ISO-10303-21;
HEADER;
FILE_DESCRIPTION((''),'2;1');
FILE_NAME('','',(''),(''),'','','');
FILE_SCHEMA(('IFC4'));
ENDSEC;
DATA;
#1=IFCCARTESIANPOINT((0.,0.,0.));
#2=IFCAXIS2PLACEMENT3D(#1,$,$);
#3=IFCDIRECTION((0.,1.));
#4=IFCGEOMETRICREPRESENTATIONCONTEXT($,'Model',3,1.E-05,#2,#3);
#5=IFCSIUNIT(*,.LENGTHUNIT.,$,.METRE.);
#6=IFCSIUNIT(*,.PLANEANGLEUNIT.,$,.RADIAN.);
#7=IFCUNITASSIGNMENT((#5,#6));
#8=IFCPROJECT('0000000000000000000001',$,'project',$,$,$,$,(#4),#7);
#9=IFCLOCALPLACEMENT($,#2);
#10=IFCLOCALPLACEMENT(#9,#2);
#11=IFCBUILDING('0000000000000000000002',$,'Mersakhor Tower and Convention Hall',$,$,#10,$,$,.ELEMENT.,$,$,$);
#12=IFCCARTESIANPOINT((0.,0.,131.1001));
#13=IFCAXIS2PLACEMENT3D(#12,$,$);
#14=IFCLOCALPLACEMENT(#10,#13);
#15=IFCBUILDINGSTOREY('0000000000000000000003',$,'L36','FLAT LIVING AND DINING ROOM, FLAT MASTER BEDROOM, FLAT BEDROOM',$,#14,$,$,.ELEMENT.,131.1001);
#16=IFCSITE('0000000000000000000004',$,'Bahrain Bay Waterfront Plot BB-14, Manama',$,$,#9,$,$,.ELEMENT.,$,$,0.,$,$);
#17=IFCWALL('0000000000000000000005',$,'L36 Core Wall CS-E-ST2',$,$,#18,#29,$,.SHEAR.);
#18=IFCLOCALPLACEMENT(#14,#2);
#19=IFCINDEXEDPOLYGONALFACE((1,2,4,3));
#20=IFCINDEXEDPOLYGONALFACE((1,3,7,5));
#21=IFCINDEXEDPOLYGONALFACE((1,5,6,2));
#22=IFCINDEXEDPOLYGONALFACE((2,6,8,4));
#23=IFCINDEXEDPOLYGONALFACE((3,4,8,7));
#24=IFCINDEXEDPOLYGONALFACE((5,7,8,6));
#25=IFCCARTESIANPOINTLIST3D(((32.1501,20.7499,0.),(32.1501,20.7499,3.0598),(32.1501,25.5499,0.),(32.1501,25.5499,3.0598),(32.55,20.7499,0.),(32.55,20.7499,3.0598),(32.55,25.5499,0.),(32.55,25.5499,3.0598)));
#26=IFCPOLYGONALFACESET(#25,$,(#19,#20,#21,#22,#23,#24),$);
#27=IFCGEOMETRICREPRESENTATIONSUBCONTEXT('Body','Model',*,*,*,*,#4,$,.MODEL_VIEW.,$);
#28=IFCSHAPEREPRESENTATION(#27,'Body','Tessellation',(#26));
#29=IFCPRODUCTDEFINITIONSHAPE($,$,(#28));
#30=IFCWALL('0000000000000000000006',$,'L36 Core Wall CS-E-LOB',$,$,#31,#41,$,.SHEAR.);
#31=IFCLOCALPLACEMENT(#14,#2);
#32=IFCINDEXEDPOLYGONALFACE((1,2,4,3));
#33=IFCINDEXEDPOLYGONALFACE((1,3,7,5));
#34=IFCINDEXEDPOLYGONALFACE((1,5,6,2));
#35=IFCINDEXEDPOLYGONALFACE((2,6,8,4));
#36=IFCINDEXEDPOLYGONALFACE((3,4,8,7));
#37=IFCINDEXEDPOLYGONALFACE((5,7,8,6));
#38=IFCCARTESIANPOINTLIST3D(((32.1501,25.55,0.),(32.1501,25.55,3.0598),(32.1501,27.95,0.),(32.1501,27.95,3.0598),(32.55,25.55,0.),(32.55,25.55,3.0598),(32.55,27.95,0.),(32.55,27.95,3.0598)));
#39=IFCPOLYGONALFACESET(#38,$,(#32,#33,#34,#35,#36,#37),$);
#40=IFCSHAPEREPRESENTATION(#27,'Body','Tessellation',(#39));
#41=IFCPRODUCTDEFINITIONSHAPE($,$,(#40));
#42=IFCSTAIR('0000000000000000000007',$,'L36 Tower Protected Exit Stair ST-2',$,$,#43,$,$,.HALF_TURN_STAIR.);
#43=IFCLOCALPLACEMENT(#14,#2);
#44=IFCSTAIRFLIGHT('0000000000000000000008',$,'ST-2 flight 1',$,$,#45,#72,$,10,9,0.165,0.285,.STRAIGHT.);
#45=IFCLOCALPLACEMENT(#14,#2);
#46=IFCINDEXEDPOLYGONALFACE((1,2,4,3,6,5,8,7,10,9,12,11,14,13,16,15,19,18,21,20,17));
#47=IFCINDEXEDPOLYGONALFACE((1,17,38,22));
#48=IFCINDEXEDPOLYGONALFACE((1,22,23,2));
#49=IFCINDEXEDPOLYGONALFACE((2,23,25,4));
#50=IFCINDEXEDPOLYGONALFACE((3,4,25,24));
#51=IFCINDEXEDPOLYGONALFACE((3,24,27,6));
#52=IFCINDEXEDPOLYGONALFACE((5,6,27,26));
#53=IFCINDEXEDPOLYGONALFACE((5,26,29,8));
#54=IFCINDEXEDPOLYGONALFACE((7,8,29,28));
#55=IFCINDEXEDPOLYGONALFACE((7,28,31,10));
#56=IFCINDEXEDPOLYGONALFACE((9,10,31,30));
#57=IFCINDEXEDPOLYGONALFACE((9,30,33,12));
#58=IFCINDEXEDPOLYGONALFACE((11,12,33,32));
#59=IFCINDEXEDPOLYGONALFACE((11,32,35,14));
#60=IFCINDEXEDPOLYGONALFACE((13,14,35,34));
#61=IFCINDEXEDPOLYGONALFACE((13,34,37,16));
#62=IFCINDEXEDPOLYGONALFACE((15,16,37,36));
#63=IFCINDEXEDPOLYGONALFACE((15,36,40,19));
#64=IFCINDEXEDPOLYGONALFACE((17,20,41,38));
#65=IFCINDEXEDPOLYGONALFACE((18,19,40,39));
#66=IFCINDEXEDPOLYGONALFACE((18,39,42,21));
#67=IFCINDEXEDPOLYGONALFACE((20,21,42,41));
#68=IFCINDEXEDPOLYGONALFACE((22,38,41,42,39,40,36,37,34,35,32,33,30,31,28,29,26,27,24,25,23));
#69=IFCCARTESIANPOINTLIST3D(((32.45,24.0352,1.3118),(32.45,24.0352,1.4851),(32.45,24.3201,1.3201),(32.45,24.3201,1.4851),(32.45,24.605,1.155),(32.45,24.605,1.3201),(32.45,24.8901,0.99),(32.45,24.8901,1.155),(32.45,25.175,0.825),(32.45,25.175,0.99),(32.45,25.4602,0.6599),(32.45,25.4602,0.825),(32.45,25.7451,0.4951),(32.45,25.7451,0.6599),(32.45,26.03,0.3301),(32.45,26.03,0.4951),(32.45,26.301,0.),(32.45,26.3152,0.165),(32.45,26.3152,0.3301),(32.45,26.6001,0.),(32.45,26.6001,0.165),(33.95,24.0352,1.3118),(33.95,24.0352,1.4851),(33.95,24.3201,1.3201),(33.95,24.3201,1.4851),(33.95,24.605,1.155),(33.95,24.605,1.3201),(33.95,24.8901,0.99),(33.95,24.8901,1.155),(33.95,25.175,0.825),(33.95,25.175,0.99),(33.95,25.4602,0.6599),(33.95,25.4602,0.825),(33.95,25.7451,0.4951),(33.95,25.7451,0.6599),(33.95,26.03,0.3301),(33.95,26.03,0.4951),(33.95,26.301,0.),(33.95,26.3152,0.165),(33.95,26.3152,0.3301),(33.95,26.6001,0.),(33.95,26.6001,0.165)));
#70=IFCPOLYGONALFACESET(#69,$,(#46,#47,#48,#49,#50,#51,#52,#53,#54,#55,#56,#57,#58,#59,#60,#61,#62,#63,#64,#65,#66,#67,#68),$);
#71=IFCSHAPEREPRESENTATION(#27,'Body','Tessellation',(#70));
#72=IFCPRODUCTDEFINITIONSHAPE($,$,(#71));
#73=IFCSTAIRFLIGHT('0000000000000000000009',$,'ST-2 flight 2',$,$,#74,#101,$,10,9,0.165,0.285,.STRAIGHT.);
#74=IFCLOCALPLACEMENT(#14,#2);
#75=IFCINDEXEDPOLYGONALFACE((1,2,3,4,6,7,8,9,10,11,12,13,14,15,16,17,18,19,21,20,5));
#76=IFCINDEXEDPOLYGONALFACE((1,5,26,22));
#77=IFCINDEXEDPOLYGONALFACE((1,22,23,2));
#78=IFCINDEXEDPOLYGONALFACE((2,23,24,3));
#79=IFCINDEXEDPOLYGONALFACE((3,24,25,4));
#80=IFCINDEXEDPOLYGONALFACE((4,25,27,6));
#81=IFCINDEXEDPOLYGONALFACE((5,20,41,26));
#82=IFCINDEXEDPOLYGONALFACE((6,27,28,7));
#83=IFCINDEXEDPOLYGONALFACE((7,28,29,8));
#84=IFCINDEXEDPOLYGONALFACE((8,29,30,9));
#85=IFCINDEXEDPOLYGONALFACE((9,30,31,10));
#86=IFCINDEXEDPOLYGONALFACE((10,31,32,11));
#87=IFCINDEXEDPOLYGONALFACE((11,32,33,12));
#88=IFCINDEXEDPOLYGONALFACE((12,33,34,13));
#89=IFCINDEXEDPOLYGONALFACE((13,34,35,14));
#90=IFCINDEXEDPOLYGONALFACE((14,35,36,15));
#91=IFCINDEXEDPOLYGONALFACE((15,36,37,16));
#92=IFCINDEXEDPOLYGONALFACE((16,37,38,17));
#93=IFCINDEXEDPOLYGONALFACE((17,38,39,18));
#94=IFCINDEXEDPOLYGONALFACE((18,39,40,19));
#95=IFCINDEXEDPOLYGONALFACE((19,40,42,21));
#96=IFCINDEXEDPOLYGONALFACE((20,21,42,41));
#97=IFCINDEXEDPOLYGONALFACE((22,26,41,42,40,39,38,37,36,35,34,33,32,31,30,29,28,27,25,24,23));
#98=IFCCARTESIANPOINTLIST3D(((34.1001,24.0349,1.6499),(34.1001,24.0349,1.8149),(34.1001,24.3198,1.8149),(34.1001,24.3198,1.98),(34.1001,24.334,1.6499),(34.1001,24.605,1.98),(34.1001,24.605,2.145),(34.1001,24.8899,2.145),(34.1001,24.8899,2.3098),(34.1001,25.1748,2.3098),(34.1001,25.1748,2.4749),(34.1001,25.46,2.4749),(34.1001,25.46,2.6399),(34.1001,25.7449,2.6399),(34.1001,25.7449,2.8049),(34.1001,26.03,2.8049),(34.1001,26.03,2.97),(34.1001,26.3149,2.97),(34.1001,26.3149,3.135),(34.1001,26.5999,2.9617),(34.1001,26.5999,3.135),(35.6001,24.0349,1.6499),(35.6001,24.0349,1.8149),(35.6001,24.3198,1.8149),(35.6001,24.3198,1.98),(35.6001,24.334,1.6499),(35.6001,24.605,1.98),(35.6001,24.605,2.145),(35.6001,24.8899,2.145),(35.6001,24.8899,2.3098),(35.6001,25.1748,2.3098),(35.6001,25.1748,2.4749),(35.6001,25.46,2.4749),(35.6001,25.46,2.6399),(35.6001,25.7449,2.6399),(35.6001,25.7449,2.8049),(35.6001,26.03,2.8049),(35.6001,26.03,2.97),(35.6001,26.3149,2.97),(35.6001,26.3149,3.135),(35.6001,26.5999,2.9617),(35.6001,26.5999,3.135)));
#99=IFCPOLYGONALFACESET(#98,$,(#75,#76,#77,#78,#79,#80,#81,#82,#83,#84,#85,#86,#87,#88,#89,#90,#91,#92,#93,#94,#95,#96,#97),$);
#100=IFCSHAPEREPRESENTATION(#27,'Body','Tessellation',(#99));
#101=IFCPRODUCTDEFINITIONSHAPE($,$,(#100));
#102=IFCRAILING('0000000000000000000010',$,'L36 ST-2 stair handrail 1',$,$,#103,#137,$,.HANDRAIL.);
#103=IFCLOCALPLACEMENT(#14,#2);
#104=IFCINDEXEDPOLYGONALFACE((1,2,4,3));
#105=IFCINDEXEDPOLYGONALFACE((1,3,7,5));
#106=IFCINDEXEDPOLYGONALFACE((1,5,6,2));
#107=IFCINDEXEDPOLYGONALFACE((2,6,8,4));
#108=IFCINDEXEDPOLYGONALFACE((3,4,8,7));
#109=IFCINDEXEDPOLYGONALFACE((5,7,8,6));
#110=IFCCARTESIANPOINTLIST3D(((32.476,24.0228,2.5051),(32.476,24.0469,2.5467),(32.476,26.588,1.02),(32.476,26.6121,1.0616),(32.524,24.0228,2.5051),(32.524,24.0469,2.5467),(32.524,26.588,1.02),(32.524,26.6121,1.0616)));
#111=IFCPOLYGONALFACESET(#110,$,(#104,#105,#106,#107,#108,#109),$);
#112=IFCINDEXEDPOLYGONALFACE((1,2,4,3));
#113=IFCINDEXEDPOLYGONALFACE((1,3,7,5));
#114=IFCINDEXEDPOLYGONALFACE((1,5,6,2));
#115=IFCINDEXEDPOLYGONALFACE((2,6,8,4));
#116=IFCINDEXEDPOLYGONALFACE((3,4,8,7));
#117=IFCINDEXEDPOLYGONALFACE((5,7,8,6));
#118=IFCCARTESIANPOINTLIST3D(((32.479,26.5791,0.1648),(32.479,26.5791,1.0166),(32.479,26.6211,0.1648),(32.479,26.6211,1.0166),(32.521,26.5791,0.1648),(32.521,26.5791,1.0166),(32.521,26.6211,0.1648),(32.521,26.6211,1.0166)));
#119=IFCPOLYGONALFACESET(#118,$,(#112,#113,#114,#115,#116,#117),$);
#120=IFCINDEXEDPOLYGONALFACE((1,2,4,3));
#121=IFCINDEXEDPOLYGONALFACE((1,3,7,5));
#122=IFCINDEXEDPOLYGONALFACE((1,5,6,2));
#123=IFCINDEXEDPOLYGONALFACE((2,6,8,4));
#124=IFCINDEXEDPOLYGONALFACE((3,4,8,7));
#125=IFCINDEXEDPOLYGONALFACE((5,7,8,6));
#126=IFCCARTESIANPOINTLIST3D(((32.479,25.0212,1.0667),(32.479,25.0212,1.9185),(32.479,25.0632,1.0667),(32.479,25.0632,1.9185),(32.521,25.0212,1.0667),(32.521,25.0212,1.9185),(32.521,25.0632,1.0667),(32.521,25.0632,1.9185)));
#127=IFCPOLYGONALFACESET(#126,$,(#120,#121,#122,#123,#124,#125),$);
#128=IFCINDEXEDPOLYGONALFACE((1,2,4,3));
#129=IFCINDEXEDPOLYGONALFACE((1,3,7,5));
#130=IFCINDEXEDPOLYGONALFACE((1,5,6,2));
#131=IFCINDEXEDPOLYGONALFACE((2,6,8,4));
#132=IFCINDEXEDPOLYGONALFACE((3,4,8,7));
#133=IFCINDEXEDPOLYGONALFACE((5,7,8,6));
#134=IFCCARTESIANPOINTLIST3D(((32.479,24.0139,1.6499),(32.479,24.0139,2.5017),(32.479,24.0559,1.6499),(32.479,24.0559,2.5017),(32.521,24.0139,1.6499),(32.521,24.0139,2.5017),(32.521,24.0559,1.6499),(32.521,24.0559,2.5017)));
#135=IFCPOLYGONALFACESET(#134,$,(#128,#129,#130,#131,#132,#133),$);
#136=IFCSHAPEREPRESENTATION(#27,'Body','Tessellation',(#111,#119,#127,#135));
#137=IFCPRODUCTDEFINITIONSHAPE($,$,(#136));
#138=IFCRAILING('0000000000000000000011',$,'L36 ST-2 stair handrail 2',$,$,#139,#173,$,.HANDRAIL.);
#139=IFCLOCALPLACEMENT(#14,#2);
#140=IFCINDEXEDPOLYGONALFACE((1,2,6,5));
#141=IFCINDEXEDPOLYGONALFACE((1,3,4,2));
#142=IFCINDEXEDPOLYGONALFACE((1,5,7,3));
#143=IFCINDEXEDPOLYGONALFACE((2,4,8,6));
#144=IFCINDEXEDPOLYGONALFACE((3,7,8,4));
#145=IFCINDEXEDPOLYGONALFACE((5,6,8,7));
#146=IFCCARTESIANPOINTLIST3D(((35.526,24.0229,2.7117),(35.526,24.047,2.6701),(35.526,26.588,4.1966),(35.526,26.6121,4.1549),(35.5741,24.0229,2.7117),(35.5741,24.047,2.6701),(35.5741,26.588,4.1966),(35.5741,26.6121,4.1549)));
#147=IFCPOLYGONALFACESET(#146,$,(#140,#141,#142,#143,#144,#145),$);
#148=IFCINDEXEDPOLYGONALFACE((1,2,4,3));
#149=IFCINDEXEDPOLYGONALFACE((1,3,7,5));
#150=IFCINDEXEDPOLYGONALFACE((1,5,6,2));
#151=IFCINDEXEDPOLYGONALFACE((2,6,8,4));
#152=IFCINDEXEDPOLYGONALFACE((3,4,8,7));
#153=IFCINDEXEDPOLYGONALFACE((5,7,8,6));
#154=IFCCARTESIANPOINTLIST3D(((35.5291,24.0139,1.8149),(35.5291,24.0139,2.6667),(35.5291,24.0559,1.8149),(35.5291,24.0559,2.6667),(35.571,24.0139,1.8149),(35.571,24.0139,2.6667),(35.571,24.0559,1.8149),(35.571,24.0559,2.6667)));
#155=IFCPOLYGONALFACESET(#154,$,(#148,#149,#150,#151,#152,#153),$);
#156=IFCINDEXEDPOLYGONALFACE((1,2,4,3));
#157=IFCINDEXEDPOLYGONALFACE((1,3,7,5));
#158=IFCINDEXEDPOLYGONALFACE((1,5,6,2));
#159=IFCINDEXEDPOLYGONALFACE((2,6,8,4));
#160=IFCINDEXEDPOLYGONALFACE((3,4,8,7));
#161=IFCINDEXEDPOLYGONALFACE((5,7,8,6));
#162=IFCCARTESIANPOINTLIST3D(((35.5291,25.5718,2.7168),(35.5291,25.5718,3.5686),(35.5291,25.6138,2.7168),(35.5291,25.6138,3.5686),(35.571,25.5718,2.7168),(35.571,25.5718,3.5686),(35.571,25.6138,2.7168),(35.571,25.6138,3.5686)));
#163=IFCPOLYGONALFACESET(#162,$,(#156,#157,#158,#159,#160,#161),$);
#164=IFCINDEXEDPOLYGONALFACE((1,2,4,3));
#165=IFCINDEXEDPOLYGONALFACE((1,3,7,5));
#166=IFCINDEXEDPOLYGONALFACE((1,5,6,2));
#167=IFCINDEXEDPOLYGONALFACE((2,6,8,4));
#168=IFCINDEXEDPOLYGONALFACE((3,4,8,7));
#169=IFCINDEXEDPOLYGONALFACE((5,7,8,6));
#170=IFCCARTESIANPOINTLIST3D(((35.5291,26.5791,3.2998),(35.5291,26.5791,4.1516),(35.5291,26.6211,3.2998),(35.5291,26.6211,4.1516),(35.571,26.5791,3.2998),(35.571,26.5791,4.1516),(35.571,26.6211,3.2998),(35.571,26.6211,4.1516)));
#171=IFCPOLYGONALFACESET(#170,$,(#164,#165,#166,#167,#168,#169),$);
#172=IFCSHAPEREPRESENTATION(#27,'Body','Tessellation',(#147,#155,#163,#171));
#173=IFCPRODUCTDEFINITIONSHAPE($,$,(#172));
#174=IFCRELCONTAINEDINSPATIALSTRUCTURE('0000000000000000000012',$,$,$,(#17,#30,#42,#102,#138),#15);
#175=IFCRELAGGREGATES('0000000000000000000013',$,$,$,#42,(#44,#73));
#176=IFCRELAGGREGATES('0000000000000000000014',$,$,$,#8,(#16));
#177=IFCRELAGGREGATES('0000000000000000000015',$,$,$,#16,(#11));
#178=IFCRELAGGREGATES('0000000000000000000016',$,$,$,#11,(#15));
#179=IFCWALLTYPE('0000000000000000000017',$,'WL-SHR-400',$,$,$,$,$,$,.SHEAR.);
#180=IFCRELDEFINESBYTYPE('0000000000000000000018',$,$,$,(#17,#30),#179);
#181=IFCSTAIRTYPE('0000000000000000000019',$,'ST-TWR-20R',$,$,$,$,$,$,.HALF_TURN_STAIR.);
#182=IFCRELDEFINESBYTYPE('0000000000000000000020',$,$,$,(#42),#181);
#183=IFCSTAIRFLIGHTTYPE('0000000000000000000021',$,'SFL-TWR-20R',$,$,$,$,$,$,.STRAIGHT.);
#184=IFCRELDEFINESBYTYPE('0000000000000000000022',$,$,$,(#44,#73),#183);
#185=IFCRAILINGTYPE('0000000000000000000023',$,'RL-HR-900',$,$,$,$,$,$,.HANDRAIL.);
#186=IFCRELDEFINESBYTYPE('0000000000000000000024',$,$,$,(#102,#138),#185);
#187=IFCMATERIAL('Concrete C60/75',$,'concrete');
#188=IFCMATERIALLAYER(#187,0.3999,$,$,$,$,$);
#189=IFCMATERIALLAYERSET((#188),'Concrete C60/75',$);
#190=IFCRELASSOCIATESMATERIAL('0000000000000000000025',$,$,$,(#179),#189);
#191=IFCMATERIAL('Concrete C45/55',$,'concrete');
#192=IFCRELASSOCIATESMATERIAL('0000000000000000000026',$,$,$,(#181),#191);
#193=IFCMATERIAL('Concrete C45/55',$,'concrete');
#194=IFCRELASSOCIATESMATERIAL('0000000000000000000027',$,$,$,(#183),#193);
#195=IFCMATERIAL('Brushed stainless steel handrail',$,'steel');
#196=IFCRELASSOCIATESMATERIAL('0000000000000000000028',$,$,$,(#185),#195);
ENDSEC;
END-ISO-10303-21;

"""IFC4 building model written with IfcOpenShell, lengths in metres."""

from ifc_helpers import new_model, si_unit, direction, frame, frame_2d, origin, origin_2d, place, context, subcontext, project, spatial, polyline, rectangle, outline, extrude, material, layer, layer_set, type_object, element, aggregate, save


model = new_model("IFC4")

# Units and contexts
model_context = context("Model", 3, precision=1e-05, world=origin(), true_north=direction((0.0, 1.0)))
body_context = subcontext(model_context, "Body", "Model", "MODEL_VIEW")
ifc_project = project(units=[si_unit("LENGTHUNIT", "METRE"), si_unit("PLANEANGLEUNIT", "RADIAN")], contexts=[model_context])

# Site, building, storey
site_placement = place(None, origin())
site = spatial("IfcSite", under=ifc_project, at=site_placement, Name="Bahrain Bay Waterfront Plot BB-14, Manama", CompositionType="ELEMENT", RefElevation=0.0)
building_placement = place(site_placement, origin())
building = spatial("IfcBuilding", under=site, at=building_placement, Name="Mersakhor Tower and Convention Hall", CompositionType="ELEMENT")
storey_placement = place(building_placement, frame((0.0, 0.0, 131.1001)))
storey = spatial("IfcBuildingStorey", under=building, at=storey_placement, Name="L36", Description="FLAT LIVING AND DINING ROOM, FLAT MASTER BEDROOM, FLAT BEDROOM", CompositionType="ELEMENT", Elevation=131.1001)

# Shared definitions
ifc_material_1 = material(Name="Concrete C60/75", Category="concrete")
ifc_layer_1 = layer(ifc_material_1, 0.3999)
ifc_layer_set_1 = layer_set([ifc_layer_1], Name="Concrete C60/75")
wall_type_1 = type_object("IfcWallType", Name="WL-SHR-400", PredefinedType="SHEAR", material=ifc_layer_set_1)

# Walls
wall_1_placement = place(storey_placement, frame((32.3501, 20.75, 0.0), z_axis=(0.0, 0.0, 1.0), x_axis=(0.0, 1.0, 0.0)))
element("IfcWall", 1, at=wall_1_placement, inside=storey, type_object=wall_type_1, Name="L36 Core Wall CS-E-ST2", PredefinedType="SHEAR", context=body_context, shape_type="SweptSolid", body=[
    extrude(rectangle(XDim=4.8, YDim=0.3999, at=frame_2d((2.3999, 0.0))), origin(), (0.0, 0.0, 1.0), 3.0598),
])
wall_2_placement = place(storey_placement, frame((32.3501, 25.55, 0.0), z_axis=(0.0, 0.0, 1.0), x_axis=(0.0, 1.0, 0.0)))
element("IfcWall", 2, at=wall_2_placement, inside=storey, type_object=wall_type_1, Name="L36 Core Wall CS-E-LOB", PredefinedType="SHEAR", context=body_context, shape_type="SweptSolid", body=[
    extrude(rectangle(XDim=2.3999, YDim=0.3999, at=frame_2d((1.2, 0.0))), origin(), (0.0, 0.0, 1.0), 3.0598),
])

# Stair, stair flights
ifc_material_2 = material(Name="Concrete C45/55", Category="concrete")
stair_type = type_object("IfcStairType", Name="ST-TWR-20R", PredefinedType="HALF_TURN_STAIR", material=ifc_material_2)
stair_placement = place(storey_placement, origin())
stair = element("IfcStair", 3, at=stair_placement, inside=storey, type_object=stair_type, Name="L36 Tower Protected Exit Stair ST-2", PredefinedType="HALF_TURN_STAIR")
ifc_material_3 = material(Name="Concrete C45/55", Category="concrete")
stair_flight_type = type_object("IfcStairFlightType", Name="SFL-TWR-20R", PredefinedType="STRAIGHT", material=ifc_material_3)
stair_flight_1_placement = place(storey_placement, frame((33.2, 26.6001, 0.0), z_axis=(0.0, 0.0, 1.0), x_axis=(0.0, -1.0, 0.0)))
stair_flight_1 = element("IfcStairFlight", 4, at=stair_flight_1_placement, type_object=stair_flight_type, Name="ST-2 flight 1", NumberOfRisers=10, NumberOfTreads=9, PredefinedType="STRAIGHT", RiserHeight=0.165, TreadLength=0.285, context=body_context, shape_type="SweptSolid", body=[
    extrude(outline(polyline([(0.0, 0.0), (0.0, 0.165), (0.2849, 0.165), (0.2849, 0.3301), (0.5701, 0.3301), (0.5701, 0.4951), (0.855, 0.4951), (0.855, 0.6599), (1.1399, 0.6599), (1.1399, 0.825), (1.425, 0.825), (1.425, 0.99), (1.71, 0.99), (1.71, 1.155), (1.9951, 1.155), (1.9951, 1.3201), (2.28, 1.3201), (2.28, 1.4851), (2.5649, 1.4851), (2.5649, 1.6499), (2.5649, 1.3118), (0.2991, 0.0), (0.0, 0.0)])), frame((0.0, 0.75, 0.0), z_axis=(0.0, -1.0, 0.0), x_axis=(1.0, 0.0, 0.0)), (0.0, 0.0, 1.0), 1.5),
])
stair_flight_2_placement = place(storey_placement, frame((34.8501, 24.0349, 1.6499), z_axis=(0.0, 0.0, 1.0), x_axis=(0.0, 1.0, 0.0)))
stair_flight_2 = element("IfcStairFlight", 5, at=stair_flight_2_placement, type_object=stair_flight_type, Name="ST-2 flight 2", NumberOfRisers=10, NumberOfTreads=9, PredefinedType="STRAIGHT", RiserHeight=0.165, TreadLength=0.285, context=body_context, shape_type="SweptSolid", body=[
    extrude(outline(polyline([(0.0, 0.0), (0.0, 0.165), (0.2849, 0.165), (0.2849, 0.3301), (0.5701, 0.3301), (0.5701, 0.4951), (0.855, 0.4951), (0.855, 0.6599), (1.1399, 0.6599), (1.1399, 0.825), (1.425, 0.825), (1.425, 0.99), (1.71, 0.99), (1.71, 1.155), (1.9951, 1.155), (1.9951, 1.3201), (2.28, 1.3201), (2.28, 1.4851), (2.5649, 1.4851), (2.5649, 1.6499), (2.5649, 1.3118), (0.2991, 0.0), (0.0, 0.0)])), frame((0.0, 0.75, 0.0), z_axis=(0.0, -1.0, 0.0), x_axis=(1.0, 0.0, 0.0)), (0.0, 0.0, 1.0), 1.5),
])
aggregate(stair, [stair_flight_1, stair_flight_2])

# Railings
ifc_material_4 = material(Name="Brushed stainless steel handrail", Category="steel")
railing_type_1 = type_object("IfcRailingType", Name="RL-HR-900", PredefinedType="HANDRAIL", material=ifc_material_4)
railing_1_placement = place(storey_placement, frame((32.5, 26.6001, 0.1648)))
element("IfcRailing", 6, at=railing_1_placement, inside=storey, type_object=railing_type_1, Name="L36 ST-2 stair handrail 1", PredefinedType="HANDRAIL", context=body_context, shape_type="SweptSolid", body=[
    extrude(rectangle(XDim=0.0481, YDim=0.0481, at=origin_2d()), frame((0.0, 0.0, 0.876), z_axis=(0.0, -0.865426, 0.501036), x_axis=(1.0, 0.0, 0.0)), (0.0, 0.0, 1.0), 2.9641),
    extrude(rectangle(XDim=0.042, YDim=0.042, at=origin_2d()), origin(), (0.0, 0.0, 1.0), 0.8518),
    extrude(rectangle(XDim=0.042, YDim=0.042, at=origin_2d()), frame((0.0, -1.5579, 0.9019)), (0.0, 0.0, 1.0), 0.8518),
    extrude(rectangle(XDim=0.042, YDim=0.042, at=origin_2d()), frame((0.0, -2.5652, 1.4851)), (0.0, 0.0, 1.0), 0.8518),
])
railing_2_placement = place(storey_placement, frame((35.55, 24.0349, 1.8149)))
element("IfcRailing", 7, at=railing_2_placement, inside=storey, type_object=railing_type_1, Name="L36 ST-2 stair handrail 2", PredefinedType="HANDRAIL", context=body_context, shape_type="SweptSolid", body=[
    extrude(rectangle(XDim=0.0481, YDim=0.0481, at=origin_2d()), frame((0.0, 0.0, 0.876), z_axis=(0.0, 0.865462, 0.500975), x_axis=(-1.0, 0.0, 0.0)), (0.0, 0.0, 1.0), 2.9639),
    extrude(rectangle(XDim=0.042, YDim=0.042, at=origin_2d()), origin(), (0.0, 0.0, 1.0), 0.8518),
    extrude(rectangle(XDim=0.042, YDim=0.042, at=origin_2d()), frame((0.0, 1.5579, 0.9019)), (0.0, 0.0, 1.0), 0.8518),
    extrude(rectangle(XDim=0.042, YDim=0.042, at=origin_2d()), frame((0.0, 2.5652, 1.4849)), (0.0, 0.0, 1.0), 0.8518),
])

save(model, "model.ifc")
